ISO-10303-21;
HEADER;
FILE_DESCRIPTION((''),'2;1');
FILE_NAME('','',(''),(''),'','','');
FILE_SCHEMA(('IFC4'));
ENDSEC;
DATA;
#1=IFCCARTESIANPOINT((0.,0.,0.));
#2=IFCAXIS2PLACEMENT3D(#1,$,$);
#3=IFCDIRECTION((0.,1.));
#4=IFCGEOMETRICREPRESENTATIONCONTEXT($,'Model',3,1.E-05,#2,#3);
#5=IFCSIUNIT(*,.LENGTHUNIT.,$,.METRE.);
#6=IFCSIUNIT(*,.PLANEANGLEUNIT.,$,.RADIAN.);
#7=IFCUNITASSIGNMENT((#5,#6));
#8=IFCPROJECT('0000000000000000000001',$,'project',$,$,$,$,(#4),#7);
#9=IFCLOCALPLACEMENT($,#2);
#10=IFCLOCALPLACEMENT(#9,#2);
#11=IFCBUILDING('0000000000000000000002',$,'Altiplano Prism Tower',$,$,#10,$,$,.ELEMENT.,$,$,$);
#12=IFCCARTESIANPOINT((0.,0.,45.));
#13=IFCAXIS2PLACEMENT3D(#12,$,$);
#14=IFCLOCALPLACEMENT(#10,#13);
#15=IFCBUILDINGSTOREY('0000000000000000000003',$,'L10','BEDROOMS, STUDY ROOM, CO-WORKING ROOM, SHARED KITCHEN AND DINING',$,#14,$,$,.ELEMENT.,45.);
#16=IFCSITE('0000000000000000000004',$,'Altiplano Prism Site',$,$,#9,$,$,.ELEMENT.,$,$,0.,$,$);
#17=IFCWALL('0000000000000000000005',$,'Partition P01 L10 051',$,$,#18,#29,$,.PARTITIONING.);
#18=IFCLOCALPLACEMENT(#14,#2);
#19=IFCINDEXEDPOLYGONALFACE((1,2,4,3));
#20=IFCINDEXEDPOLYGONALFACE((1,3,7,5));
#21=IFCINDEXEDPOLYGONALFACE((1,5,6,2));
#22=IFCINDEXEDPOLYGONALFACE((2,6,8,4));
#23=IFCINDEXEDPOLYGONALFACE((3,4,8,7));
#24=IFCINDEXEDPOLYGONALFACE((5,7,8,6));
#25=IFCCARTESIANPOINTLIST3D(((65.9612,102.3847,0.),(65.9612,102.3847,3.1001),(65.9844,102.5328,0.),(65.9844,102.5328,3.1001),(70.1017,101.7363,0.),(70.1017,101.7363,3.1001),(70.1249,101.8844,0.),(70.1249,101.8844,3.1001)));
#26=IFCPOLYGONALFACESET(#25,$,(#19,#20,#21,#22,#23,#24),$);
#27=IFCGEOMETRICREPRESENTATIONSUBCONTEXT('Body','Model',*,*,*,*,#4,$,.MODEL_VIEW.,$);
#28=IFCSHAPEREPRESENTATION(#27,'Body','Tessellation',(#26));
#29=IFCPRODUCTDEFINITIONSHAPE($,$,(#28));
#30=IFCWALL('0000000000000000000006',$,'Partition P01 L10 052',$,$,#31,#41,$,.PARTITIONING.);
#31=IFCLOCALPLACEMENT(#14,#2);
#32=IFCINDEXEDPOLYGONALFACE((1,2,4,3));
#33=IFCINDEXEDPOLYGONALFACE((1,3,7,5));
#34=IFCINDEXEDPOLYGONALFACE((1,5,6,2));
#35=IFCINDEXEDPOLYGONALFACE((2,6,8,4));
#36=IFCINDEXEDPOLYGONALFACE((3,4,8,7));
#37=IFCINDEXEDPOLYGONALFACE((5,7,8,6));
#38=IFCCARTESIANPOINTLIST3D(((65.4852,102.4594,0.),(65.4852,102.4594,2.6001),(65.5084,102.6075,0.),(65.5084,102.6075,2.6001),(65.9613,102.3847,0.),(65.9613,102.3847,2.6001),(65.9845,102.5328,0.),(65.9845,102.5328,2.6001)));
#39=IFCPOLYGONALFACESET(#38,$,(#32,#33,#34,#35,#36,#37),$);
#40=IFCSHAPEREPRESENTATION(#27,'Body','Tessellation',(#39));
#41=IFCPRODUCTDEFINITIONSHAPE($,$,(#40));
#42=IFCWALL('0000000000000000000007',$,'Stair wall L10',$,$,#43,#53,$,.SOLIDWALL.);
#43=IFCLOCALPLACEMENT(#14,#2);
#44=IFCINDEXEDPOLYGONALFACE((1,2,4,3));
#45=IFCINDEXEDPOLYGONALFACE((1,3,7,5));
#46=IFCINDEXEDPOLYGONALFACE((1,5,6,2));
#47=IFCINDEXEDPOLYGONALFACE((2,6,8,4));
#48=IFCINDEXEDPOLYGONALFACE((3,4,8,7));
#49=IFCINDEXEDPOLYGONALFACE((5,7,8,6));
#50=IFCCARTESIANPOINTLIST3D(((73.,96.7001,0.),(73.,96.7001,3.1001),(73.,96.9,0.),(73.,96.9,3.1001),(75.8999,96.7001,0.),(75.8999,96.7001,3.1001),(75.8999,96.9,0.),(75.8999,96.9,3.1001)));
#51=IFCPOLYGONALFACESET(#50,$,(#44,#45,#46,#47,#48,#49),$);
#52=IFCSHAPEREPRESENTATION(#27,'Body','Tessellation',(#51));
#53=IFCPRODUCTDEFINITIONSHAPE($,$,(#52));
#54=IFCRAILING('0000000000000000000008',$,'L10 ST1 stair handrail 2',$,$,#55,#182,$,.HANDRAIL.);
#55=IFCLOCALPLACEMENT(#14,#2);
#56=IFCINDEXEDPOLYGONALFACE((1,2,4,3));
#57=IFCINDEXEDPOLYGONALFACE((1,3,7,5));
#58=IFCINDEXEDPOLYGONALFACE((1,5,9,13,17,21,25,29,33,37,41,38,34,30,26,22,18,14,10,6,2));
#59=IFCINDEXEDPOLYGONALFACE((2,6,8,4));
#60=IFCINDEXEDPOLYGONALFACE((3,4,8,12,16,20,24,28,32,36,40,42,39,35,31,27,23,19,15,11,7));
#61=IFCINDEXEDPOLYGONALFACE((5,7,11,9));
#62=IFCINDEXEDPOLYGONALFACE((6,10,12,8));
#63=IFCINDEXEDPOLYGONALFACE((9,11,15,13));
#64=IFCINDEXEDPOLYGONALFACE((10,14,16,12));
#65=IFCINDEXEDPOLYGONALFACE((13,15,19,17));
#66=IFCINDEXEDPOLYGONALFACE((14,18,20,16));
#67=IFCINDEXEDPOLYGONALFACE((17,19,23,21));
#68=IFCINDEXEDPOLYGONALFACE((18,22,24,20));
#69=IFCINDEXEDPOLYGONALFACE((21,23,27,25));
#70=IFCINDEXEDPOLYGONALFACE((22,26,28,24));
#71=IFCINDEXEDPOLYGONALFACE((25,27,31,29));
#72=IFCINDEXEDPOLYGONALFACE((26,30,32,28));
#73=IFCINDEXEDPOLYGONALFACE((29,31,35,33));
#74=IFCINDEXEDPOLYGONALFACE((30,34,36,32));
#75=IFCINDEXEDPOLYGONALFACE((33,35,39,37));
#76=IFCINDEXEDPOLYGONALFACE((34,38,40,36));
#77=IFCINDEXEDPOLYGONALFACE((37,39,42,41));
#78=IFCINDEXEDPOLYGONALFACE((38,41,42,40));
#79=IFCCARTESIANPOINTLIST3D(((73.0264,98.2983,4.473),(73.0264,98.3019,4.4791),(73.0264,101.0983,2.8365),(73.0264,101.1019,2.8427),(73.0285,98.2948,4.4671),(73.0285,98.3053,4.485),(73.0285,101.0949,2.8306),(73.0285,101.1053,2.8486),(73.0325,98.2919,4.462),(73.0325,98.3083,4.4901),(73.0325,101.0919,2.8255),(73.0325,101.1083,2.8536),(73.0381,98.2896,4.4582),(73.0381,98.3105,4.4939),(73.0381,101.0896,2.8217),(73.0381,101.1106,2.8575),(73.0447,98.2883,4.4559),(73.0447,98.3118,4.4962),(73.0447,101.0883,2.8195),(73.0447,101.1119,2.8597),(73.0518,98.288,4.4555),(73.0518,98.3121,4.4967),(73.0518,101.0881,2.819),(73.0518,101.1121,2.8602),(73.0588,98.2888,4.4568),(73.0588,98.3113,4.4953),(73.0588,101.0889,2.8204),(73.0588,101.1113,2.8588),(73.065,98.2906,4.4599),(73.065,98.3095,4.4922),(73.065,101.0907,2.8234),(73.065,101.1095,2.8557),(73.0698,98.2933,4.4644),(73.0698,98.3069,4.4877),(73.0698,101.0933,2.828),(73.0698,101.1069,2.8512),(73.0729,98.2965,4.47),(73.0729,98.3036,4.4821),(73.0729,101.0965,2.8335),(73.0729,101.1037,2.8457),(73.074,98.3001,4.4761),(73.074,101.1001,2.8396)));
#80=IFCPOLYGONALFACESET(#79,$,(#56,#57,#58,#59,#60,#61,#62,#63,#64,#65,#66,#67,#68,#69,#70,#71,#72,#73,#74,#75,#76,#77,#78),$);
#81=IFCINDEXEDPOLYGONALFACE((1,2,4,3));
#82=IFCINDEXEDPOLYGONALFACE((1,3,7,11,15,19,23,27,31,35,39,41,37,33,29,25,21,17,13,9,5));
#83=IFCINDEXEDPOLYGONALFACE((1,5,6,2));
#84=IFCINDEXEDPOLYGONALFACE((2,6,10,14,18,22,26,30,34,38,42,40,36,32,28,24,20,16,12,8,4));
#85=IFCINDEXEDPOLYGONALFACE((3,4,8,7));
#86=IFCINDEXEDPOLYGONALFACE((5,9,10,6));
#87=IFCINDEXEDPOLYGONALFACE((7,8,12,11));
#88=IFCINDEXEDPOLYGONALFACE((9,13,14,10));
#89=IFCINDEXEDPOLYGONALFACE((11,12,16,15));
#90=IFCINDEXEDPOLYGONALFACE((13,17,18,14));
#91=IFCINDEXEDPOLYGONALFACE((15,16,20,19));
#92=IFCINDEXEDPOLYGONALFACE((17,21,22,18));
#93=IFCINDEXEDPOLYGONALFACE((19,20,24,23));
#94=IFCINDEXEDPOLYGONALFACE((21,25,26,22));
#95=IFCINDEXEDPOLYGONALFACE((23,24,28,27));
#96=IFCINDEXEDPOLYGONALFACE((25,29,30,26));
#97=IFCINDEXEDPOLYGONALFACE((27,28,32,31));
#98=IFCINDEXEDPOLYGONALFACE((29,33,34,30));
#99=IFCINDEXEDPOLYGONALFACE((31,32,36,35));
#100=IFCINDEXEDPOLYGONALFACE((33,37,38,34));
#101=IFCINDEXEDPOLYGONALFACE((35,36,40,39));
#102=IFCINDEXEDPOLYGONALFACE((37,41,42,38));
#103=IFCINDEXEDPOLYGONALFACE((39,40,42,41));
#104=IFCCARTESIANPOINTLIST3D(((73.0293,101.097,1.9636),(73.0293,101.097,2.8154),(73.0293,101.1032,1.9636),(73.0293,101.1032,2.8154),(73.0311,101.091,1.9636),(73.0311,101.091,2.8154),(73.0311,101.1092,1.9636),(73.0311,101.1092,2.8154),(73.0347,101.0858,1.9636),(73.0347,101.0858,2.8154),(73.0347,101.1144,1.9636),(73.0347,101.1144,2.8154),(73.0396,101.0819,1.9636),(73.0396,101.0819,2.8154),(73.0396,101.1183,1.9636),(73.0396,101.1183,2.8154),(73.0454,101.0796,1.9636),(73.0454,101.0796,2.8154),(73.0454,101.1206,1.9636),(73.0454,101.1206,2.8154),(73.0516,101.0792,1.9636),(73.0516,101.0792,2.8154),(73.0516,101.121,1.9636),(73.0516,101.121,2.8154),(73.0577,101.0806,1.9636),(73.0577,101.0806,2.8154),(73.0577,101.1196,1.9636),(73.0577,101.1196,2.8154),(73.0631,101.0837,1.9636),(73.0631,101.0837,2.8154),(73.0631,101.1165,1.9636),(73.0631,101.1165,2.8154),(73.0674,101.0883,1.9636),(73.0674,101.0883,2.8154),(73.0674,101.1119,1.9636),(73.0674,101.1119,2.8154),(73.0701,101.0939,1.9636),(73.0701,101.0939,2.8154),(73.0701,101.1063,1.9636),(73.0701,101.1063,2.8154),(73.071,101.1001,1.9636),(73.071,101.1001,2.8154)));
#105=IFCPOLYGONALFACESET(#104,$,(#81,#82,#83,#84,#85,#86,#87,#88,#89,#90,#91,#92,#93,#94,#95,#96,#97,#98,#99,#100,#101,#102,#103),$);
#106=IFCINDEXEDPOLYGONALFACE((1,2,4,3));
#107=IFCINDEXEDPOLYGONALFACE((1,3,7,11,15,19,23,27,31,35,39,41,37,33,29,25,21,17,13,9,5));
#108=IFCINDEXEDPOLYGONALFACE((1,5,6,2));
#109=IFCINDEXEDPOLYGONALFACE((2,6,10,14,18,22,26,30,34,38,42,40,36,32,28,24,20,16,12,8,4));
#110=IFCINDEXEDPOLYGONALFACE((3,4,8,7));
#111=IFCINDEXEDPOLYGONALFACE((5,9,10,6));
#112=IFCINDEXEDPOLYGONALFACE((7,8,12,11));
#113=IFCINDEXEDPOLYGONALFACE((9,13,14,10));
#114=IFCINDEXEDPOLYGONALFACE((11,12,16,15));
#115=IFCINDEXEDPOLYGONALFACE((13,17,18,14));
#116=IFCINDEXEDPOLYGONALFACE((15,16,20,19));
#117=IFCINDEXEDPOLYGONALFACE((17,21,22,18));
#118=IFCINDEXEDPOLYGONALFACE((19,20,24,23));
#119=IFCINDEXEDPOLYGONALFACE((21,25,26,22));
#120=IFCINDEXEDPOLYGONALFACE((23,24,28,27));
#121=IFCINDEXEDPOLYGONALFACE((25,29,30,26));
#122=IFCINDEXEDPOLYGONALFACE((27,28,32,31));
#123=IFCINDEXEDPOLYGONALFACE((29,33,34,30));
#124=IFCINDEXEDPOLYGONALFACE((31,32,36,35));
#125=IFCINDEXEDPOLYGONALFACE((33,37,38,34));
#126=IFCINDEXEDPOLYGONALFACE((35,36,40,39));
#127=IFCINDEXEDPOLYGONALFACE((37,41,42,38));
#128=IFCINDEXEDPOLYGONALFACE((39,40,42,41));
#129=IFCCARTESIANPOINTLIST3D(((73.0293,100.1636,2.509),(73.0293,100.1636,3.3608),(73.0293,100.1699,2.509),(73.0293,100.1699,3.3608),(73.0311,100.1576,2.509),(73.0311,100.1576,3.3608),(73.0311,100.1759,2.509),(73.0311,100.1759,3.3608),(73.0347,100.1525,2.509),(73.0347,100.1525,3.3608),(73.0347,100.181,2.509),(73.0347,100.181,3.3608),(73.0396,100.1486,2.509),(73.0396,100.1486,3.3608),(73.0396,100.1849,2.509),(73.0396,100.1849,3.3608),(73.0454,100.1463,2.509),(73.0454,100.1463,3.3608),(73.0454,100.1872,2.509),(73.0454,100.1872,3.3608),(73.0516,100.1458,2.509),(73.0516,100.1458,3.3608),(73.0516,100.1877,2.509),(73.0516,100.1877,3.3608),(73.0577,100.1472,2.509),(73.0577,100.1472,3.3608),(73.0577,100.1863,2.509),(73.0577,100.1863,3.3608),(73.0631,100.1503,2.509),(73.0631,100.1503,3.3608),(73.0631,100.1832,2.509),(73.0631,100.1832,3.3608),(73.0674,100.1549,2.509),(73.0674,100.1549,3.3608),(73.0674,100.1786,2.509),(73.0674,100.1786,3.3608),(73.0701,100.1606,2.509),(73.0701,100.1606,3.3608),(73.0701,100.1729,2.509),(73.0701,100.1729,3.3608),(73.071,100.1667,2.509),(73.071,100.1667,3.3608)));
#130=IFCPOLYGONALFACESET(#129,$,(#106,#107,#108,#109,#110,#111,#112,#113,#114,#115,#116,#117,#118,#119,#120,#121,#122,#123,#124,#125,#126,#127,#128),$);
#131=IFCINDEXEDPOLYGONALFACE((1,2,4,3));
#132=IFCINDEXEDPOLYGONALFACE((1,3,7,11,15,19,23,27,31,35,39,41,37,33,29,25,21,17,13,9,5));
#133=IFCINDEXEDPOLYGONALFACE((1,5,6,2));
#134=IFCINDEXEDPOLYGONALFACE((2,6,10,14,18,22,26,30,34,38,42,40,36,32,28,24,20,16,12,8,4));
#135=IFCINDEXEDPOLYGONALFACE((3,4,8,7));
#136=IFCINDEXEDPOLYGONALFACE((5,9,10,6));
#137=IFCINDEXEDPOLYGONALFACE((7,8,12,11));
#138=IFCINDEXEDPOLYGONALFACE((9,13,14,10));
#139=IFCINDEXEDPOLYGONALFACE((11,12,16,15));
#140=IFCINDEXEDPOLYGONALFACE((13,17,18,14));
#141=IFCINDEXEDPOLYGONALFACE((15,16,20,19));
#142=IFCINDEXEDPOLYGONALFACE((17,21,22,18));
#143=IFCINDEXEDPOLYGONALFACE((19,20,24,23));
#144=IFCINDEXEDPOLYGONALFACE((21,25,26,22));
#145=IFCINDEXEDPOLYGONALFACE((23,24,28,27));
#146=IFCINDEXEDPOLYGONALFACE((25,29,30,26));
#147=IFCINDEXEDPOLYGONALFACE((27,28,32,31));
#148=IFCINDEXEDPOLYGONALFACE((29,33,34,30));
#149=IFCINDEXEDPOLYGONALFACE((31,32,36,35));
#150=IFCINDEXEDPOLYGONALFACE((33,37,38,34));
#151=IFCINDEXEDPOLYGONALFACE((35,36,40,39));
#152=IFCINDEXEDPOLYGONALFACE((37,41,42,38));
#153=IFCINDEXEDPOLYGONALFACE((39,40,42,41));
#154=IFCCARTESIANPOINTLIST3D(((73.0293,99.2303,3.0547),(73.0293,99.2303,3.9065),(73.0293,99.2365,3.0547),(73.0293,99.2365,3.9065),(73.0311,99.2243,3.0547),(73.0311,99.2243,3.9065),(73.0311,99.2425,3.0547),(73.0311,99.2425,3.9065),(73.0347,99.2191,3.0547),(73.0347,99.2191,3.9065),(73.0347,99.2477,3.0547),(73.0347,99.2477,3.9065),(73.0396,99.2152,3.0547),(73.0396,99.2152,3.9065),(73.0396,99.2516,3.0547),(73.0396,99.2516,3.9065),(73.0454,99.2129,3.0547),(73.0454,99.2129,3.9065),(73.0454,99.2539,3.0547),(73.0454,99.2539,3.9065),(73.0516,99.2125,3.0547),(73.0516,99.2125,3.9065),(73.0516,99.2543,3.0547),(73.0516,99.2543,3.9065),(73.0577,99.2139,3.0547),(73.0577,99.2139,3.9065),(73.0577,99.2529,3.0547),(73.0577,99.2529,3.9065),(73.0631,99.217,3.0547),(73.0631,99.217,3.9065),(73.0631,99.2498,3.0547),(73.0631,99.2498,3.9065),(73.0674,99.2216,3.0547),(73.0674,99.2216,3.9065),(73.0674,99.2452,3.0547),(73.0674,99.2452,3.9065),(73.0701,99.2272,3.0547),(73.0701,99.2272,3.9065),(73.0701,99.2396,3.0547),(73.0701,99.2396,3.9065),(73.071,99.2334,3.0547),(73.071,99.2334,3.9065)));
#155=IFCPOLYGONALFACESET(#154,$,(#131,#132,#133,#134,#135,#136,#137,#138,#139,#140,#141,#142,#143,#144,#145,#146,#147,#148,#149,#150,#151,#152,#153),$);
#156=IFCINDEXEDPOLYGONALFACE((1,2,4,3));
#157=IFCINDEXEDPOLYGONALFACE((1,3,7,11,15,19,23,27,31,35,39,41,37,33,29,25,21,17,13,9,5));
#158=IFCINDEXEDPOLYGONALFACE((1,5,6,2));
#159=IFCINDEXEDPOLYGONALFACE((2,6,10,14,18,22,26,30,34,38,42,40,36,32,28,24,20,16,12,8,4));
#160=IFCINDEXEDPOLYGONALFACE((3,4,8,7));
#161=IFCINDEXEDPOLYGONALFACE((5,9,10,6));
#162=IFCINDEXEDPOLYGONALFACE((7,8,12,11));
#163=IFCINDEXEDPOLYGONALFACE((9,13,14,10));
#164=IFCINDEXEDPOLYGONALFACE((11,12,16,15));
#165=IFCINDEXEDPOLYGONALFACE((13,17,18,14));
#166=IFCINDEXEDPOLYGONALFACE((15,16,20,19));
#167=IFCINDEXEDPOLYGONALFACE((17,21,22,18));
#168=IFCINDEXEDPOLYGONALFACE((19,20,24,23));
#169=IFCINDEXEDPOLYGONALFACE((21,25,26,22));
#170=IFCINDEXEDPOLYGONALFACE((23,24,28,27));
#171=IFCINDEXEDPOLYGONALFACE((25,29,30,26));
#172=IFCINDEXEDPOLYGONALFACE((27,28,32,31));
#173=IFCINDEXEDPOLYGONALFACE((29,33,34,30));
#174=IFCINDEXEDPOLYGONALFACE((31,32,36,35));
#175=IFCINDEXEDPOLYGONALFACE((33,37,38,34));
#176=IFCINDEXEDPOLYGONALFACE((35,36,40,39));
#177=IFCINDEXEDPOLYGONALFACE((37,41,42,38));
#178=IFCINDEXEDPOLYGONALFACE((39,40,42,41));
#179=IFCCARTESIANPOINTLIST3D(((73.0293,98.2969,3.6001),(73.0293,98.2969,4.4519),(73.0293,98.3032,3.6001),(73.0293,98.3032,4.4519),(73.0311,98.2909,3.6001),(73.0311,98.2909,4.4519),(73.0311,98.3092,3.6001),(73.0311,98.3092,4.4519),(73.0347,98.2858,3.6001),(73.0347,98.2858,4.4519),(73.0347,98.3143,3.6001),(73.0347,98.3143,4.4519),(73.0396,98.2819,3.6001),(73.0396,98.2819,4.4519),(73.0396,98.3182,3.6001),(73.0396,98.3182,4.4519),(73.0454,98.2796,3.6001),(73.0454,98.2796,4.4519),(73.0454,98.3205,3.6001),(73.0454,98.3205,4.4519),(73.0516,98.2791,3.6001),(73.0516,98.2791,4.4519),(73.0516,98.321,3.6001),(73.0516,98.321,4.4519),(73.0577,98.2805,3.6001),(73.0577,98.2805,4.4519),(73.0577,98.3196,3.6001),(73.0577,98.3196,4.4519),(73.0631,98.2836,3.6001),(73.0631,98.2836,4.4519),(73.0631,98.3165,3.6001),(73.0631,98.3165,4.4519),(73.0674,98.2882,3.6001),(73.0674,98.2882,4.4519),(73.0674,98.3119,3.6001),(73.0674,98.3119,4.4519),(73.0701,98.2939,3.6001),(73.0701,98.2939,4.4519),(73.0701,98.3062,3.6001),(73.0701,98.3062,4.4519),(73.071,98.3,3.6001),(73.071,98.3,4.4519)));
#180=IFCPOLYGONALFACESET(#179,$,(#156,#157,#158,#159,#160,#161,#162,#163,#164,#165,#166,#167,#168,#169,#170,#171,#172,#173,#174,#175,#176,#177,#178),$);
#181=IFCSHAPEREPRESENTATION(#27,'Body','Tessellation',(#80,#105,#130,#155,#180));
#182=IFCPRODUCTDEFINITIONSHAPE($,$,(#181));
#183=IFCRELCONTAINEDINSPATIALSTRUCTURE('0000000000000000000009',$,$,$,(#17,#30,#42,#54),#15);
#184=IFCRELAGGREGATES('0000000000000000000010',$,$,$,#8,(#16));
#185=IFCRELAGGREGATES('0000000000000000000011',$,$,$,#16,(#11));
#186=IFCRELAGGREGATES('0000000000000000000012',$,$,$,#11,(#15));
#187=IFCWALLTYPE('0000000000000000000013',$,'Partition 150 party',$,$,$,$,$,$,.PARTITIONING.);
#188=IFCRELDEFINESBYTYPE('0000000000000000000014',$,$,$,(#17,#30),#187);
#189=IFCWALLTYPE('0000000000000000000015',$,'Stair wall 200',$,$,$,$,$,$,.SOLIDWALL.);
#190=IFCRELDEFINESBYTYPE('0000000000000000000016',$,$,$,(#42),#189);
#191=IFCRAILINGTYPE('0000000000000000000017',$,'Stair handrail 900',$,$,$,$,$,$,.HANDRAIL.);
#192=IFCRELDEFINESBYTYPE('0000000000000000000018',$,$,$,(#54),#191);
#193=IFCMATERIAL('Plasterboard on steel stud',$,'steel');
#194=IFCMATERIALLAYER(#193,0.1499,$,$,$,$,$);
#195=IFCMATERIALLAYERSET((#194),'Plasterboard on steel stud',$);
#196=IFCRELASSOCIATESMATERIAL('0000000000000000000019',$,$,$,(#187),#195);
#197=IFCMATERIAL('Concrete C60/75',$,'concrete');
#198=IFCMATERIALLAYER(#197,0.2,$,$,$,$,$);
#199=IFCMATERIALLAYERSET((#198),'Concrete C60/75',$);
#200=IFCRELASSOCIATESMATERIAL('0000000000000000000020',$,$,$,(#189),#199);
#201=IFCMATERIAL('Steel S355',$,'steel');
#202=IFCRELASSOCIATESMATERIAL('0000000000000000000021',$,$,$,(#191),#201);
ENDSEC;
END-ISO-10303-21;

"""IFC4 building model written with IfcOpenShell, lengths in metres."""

from ifc_helpers import new_model, si_unit, direction, frame, frame_2d, origin, origin_2d, place, context, subcontext, project, spatial, rectangle, circle, extrude, material, layer, layer_set, type_object, element, save


model = new_model("IFC4")

# Units and contexts
model_context = context("Model", 3, precision=1e-05, world=origin(), true_north=direction((0.0, 1.0)))
body_context = subcontext(model_context, "Body", "Model", "MODEL_VIEW")
ifc_project = project(units=[si_unit("LENGTHUNIT", "METRE"), si_unit("PLANEANGLEUNIT", "RADIAN")], contexts=[model_context])

# Site, building, storey
site_placement = place(None, origin())
site = spatial("IfcSite", under=ifc_project, at=site_placement, Name="Altiplano Prism Site", CompositionType="ELEMENT", RefElevation=0.0)
building_placement = place(site_placement, origin())
building = spatial("IfcBuilding", under=site, at=building_placement, Name="Altiplano Prism Tower", CompositionType="ELEMENT")
storey_placement = place(building_placement, frame((0.0, 0.0, 45.0)))
storey = spatial("IfcBuildingStorey", under=building, at=storey_placement, Name="L10", Description="BEDROOMS, STUDY ROOM, CO-WORKING ROOM, SHARED KITCHEN AND DINING", CompositionType="ELEMENT", Elevation=45.0)

# Shared definitions
ifc_material_1 = material(Name="Concrete C60/75", Category="concrete")

# Shared definitions
ifc_material_2 = material(Name="Plasterboard on steel stud", Category="steel")

# Walls
ifc_layer_1 = layer(ifc_material_2, 0.1499)
ifc_layer_set_1 = layer_set([ifc_layer_1], Name="Plasterboard on steel stud")
wall_type_1 = type_object("IfcWallType", Name="Partition 150 party", PredefinedType="PARTITIONING", material=ifc_layer_set_1)
wall_1_placement = place(storey_placement, frame((70.1133, 101.8103, 0.0), z_axis=(0.0, 0.0, 1.0), x_axis=(-0.987957, 0.154727, 0.0)))
element("IfcWall", 1, at=wall_1_placement, inside=storey, type_object=wall_type_1, Name="Partition P01 L10 051", PredefinedType="PARTITIONING", context=body_context, shape_type="SweptSolid", body=[
    extrude(rectangle(XDim=4.1909, YDim=0.1499, at=frame_2d((2.0955, 0.0))), origin(), (0.0, 0.0, 1.0), 3.1001),
])
wall_2_placement = place(storey_placement, frame((65.9729, 102.4587, 0.0), z_axis=(0.0, 0.0, 1.0), x_axis=(-0.98791, 0.155026, 0.0)))
element("IfcWall", 2, at=wall_2_placement, inside=storey, type_object=wall_type_1, Name="Partition P01 L10 052", PredefinedType="PARTITIONING", context=body_context, shape_type="SweptSolid", body=[
    extrude(rectangle(XDim=0.4819, YDim=0.1499, at=frame_2d((0.241, 0.0))), origin(), (0.0, 0.0, 1.0), 2.6001),
])
ifc_layer_2 = layer(ifc_material_1, 0.2)
ifc_layer_set_2 = layer_set([ifc_layer_2], Name="Concrete C60/75")
wall_type_2 = type_object("IfcWallType", Name="Stair wall 200", PredefinedType="SOLIDWALL", material=ifc_layer_set_2)
wall_3_placement = place(storey_placement, frame((73.0, 96.8, 0.0), z_axis=(0.0, 0.0, 1.0), x_axis=(1.0, 0.0, 0.0)))
element("IfcWall", 3, at=wall_3_placement, inside=storey, type_object=wall_type_2, Name="Stair wall L10", PredefinedType="SOLIDWALL", context=body_context, shape_type="SweptSolid", body=[
    extrude(rectangle(XDim=2.8999, YDim=0.2, at=frame_2d((1.45, 0.0))), origin(), (0.0, 0.0, 1.0), 3.1001),
])

# Railing
ifc_material_3 = material(Name="Steel S355", Category="steel")
railing_type = type_object("IfcRailingType", Name="Stair handrail 900", PredefinedType="HANDRAIL", material=ifc_material_3)
railing_placement = place(storey_placement, frame((73.05, 101.1001, 1.9636)))
element("IfcRailing", 4, at=railing_placement, inside=storey, type_object=railing_type, Name="L10 ST1 stair handrail 2", PredefinedType="HANDRAIL", context=body_context, shape_type="SweptSolid", body=[
    extrude(circle(Radius=0.0239, at=origin_2d()), frame((0.0, 0.0, 0.876), z_axis=(0.0, -0.863361, 0.504587), x_axis=(1.0, 0.0, 0.0)), (0.0, 0.0, 1.0), 3.2432),
    extrude(circle(Radius=0.021, at=origin_2d()), origin(), (0.0, 0.0, 1.0), 0.8518),
    extrude(circle(Radius=0.021, at=origin_2d()), frame((0.0, -0.9333, 0.5454)), (0.0, 0.0, 1.0), 0.8518),
    extrude(circle(Radius=0.021, at=origin_2d()), frame((0.0, -1.8667, 1.0911)), (0.0, 0.0, 1.0), 0.8518),
    extrude(circle(Radius=0.021, at=origin_2d()), frame((0.0, -2.8, 1.6365)), (0.0, 0.0, 1.0), 0.8518),
])

save(model, "model.ifc")
